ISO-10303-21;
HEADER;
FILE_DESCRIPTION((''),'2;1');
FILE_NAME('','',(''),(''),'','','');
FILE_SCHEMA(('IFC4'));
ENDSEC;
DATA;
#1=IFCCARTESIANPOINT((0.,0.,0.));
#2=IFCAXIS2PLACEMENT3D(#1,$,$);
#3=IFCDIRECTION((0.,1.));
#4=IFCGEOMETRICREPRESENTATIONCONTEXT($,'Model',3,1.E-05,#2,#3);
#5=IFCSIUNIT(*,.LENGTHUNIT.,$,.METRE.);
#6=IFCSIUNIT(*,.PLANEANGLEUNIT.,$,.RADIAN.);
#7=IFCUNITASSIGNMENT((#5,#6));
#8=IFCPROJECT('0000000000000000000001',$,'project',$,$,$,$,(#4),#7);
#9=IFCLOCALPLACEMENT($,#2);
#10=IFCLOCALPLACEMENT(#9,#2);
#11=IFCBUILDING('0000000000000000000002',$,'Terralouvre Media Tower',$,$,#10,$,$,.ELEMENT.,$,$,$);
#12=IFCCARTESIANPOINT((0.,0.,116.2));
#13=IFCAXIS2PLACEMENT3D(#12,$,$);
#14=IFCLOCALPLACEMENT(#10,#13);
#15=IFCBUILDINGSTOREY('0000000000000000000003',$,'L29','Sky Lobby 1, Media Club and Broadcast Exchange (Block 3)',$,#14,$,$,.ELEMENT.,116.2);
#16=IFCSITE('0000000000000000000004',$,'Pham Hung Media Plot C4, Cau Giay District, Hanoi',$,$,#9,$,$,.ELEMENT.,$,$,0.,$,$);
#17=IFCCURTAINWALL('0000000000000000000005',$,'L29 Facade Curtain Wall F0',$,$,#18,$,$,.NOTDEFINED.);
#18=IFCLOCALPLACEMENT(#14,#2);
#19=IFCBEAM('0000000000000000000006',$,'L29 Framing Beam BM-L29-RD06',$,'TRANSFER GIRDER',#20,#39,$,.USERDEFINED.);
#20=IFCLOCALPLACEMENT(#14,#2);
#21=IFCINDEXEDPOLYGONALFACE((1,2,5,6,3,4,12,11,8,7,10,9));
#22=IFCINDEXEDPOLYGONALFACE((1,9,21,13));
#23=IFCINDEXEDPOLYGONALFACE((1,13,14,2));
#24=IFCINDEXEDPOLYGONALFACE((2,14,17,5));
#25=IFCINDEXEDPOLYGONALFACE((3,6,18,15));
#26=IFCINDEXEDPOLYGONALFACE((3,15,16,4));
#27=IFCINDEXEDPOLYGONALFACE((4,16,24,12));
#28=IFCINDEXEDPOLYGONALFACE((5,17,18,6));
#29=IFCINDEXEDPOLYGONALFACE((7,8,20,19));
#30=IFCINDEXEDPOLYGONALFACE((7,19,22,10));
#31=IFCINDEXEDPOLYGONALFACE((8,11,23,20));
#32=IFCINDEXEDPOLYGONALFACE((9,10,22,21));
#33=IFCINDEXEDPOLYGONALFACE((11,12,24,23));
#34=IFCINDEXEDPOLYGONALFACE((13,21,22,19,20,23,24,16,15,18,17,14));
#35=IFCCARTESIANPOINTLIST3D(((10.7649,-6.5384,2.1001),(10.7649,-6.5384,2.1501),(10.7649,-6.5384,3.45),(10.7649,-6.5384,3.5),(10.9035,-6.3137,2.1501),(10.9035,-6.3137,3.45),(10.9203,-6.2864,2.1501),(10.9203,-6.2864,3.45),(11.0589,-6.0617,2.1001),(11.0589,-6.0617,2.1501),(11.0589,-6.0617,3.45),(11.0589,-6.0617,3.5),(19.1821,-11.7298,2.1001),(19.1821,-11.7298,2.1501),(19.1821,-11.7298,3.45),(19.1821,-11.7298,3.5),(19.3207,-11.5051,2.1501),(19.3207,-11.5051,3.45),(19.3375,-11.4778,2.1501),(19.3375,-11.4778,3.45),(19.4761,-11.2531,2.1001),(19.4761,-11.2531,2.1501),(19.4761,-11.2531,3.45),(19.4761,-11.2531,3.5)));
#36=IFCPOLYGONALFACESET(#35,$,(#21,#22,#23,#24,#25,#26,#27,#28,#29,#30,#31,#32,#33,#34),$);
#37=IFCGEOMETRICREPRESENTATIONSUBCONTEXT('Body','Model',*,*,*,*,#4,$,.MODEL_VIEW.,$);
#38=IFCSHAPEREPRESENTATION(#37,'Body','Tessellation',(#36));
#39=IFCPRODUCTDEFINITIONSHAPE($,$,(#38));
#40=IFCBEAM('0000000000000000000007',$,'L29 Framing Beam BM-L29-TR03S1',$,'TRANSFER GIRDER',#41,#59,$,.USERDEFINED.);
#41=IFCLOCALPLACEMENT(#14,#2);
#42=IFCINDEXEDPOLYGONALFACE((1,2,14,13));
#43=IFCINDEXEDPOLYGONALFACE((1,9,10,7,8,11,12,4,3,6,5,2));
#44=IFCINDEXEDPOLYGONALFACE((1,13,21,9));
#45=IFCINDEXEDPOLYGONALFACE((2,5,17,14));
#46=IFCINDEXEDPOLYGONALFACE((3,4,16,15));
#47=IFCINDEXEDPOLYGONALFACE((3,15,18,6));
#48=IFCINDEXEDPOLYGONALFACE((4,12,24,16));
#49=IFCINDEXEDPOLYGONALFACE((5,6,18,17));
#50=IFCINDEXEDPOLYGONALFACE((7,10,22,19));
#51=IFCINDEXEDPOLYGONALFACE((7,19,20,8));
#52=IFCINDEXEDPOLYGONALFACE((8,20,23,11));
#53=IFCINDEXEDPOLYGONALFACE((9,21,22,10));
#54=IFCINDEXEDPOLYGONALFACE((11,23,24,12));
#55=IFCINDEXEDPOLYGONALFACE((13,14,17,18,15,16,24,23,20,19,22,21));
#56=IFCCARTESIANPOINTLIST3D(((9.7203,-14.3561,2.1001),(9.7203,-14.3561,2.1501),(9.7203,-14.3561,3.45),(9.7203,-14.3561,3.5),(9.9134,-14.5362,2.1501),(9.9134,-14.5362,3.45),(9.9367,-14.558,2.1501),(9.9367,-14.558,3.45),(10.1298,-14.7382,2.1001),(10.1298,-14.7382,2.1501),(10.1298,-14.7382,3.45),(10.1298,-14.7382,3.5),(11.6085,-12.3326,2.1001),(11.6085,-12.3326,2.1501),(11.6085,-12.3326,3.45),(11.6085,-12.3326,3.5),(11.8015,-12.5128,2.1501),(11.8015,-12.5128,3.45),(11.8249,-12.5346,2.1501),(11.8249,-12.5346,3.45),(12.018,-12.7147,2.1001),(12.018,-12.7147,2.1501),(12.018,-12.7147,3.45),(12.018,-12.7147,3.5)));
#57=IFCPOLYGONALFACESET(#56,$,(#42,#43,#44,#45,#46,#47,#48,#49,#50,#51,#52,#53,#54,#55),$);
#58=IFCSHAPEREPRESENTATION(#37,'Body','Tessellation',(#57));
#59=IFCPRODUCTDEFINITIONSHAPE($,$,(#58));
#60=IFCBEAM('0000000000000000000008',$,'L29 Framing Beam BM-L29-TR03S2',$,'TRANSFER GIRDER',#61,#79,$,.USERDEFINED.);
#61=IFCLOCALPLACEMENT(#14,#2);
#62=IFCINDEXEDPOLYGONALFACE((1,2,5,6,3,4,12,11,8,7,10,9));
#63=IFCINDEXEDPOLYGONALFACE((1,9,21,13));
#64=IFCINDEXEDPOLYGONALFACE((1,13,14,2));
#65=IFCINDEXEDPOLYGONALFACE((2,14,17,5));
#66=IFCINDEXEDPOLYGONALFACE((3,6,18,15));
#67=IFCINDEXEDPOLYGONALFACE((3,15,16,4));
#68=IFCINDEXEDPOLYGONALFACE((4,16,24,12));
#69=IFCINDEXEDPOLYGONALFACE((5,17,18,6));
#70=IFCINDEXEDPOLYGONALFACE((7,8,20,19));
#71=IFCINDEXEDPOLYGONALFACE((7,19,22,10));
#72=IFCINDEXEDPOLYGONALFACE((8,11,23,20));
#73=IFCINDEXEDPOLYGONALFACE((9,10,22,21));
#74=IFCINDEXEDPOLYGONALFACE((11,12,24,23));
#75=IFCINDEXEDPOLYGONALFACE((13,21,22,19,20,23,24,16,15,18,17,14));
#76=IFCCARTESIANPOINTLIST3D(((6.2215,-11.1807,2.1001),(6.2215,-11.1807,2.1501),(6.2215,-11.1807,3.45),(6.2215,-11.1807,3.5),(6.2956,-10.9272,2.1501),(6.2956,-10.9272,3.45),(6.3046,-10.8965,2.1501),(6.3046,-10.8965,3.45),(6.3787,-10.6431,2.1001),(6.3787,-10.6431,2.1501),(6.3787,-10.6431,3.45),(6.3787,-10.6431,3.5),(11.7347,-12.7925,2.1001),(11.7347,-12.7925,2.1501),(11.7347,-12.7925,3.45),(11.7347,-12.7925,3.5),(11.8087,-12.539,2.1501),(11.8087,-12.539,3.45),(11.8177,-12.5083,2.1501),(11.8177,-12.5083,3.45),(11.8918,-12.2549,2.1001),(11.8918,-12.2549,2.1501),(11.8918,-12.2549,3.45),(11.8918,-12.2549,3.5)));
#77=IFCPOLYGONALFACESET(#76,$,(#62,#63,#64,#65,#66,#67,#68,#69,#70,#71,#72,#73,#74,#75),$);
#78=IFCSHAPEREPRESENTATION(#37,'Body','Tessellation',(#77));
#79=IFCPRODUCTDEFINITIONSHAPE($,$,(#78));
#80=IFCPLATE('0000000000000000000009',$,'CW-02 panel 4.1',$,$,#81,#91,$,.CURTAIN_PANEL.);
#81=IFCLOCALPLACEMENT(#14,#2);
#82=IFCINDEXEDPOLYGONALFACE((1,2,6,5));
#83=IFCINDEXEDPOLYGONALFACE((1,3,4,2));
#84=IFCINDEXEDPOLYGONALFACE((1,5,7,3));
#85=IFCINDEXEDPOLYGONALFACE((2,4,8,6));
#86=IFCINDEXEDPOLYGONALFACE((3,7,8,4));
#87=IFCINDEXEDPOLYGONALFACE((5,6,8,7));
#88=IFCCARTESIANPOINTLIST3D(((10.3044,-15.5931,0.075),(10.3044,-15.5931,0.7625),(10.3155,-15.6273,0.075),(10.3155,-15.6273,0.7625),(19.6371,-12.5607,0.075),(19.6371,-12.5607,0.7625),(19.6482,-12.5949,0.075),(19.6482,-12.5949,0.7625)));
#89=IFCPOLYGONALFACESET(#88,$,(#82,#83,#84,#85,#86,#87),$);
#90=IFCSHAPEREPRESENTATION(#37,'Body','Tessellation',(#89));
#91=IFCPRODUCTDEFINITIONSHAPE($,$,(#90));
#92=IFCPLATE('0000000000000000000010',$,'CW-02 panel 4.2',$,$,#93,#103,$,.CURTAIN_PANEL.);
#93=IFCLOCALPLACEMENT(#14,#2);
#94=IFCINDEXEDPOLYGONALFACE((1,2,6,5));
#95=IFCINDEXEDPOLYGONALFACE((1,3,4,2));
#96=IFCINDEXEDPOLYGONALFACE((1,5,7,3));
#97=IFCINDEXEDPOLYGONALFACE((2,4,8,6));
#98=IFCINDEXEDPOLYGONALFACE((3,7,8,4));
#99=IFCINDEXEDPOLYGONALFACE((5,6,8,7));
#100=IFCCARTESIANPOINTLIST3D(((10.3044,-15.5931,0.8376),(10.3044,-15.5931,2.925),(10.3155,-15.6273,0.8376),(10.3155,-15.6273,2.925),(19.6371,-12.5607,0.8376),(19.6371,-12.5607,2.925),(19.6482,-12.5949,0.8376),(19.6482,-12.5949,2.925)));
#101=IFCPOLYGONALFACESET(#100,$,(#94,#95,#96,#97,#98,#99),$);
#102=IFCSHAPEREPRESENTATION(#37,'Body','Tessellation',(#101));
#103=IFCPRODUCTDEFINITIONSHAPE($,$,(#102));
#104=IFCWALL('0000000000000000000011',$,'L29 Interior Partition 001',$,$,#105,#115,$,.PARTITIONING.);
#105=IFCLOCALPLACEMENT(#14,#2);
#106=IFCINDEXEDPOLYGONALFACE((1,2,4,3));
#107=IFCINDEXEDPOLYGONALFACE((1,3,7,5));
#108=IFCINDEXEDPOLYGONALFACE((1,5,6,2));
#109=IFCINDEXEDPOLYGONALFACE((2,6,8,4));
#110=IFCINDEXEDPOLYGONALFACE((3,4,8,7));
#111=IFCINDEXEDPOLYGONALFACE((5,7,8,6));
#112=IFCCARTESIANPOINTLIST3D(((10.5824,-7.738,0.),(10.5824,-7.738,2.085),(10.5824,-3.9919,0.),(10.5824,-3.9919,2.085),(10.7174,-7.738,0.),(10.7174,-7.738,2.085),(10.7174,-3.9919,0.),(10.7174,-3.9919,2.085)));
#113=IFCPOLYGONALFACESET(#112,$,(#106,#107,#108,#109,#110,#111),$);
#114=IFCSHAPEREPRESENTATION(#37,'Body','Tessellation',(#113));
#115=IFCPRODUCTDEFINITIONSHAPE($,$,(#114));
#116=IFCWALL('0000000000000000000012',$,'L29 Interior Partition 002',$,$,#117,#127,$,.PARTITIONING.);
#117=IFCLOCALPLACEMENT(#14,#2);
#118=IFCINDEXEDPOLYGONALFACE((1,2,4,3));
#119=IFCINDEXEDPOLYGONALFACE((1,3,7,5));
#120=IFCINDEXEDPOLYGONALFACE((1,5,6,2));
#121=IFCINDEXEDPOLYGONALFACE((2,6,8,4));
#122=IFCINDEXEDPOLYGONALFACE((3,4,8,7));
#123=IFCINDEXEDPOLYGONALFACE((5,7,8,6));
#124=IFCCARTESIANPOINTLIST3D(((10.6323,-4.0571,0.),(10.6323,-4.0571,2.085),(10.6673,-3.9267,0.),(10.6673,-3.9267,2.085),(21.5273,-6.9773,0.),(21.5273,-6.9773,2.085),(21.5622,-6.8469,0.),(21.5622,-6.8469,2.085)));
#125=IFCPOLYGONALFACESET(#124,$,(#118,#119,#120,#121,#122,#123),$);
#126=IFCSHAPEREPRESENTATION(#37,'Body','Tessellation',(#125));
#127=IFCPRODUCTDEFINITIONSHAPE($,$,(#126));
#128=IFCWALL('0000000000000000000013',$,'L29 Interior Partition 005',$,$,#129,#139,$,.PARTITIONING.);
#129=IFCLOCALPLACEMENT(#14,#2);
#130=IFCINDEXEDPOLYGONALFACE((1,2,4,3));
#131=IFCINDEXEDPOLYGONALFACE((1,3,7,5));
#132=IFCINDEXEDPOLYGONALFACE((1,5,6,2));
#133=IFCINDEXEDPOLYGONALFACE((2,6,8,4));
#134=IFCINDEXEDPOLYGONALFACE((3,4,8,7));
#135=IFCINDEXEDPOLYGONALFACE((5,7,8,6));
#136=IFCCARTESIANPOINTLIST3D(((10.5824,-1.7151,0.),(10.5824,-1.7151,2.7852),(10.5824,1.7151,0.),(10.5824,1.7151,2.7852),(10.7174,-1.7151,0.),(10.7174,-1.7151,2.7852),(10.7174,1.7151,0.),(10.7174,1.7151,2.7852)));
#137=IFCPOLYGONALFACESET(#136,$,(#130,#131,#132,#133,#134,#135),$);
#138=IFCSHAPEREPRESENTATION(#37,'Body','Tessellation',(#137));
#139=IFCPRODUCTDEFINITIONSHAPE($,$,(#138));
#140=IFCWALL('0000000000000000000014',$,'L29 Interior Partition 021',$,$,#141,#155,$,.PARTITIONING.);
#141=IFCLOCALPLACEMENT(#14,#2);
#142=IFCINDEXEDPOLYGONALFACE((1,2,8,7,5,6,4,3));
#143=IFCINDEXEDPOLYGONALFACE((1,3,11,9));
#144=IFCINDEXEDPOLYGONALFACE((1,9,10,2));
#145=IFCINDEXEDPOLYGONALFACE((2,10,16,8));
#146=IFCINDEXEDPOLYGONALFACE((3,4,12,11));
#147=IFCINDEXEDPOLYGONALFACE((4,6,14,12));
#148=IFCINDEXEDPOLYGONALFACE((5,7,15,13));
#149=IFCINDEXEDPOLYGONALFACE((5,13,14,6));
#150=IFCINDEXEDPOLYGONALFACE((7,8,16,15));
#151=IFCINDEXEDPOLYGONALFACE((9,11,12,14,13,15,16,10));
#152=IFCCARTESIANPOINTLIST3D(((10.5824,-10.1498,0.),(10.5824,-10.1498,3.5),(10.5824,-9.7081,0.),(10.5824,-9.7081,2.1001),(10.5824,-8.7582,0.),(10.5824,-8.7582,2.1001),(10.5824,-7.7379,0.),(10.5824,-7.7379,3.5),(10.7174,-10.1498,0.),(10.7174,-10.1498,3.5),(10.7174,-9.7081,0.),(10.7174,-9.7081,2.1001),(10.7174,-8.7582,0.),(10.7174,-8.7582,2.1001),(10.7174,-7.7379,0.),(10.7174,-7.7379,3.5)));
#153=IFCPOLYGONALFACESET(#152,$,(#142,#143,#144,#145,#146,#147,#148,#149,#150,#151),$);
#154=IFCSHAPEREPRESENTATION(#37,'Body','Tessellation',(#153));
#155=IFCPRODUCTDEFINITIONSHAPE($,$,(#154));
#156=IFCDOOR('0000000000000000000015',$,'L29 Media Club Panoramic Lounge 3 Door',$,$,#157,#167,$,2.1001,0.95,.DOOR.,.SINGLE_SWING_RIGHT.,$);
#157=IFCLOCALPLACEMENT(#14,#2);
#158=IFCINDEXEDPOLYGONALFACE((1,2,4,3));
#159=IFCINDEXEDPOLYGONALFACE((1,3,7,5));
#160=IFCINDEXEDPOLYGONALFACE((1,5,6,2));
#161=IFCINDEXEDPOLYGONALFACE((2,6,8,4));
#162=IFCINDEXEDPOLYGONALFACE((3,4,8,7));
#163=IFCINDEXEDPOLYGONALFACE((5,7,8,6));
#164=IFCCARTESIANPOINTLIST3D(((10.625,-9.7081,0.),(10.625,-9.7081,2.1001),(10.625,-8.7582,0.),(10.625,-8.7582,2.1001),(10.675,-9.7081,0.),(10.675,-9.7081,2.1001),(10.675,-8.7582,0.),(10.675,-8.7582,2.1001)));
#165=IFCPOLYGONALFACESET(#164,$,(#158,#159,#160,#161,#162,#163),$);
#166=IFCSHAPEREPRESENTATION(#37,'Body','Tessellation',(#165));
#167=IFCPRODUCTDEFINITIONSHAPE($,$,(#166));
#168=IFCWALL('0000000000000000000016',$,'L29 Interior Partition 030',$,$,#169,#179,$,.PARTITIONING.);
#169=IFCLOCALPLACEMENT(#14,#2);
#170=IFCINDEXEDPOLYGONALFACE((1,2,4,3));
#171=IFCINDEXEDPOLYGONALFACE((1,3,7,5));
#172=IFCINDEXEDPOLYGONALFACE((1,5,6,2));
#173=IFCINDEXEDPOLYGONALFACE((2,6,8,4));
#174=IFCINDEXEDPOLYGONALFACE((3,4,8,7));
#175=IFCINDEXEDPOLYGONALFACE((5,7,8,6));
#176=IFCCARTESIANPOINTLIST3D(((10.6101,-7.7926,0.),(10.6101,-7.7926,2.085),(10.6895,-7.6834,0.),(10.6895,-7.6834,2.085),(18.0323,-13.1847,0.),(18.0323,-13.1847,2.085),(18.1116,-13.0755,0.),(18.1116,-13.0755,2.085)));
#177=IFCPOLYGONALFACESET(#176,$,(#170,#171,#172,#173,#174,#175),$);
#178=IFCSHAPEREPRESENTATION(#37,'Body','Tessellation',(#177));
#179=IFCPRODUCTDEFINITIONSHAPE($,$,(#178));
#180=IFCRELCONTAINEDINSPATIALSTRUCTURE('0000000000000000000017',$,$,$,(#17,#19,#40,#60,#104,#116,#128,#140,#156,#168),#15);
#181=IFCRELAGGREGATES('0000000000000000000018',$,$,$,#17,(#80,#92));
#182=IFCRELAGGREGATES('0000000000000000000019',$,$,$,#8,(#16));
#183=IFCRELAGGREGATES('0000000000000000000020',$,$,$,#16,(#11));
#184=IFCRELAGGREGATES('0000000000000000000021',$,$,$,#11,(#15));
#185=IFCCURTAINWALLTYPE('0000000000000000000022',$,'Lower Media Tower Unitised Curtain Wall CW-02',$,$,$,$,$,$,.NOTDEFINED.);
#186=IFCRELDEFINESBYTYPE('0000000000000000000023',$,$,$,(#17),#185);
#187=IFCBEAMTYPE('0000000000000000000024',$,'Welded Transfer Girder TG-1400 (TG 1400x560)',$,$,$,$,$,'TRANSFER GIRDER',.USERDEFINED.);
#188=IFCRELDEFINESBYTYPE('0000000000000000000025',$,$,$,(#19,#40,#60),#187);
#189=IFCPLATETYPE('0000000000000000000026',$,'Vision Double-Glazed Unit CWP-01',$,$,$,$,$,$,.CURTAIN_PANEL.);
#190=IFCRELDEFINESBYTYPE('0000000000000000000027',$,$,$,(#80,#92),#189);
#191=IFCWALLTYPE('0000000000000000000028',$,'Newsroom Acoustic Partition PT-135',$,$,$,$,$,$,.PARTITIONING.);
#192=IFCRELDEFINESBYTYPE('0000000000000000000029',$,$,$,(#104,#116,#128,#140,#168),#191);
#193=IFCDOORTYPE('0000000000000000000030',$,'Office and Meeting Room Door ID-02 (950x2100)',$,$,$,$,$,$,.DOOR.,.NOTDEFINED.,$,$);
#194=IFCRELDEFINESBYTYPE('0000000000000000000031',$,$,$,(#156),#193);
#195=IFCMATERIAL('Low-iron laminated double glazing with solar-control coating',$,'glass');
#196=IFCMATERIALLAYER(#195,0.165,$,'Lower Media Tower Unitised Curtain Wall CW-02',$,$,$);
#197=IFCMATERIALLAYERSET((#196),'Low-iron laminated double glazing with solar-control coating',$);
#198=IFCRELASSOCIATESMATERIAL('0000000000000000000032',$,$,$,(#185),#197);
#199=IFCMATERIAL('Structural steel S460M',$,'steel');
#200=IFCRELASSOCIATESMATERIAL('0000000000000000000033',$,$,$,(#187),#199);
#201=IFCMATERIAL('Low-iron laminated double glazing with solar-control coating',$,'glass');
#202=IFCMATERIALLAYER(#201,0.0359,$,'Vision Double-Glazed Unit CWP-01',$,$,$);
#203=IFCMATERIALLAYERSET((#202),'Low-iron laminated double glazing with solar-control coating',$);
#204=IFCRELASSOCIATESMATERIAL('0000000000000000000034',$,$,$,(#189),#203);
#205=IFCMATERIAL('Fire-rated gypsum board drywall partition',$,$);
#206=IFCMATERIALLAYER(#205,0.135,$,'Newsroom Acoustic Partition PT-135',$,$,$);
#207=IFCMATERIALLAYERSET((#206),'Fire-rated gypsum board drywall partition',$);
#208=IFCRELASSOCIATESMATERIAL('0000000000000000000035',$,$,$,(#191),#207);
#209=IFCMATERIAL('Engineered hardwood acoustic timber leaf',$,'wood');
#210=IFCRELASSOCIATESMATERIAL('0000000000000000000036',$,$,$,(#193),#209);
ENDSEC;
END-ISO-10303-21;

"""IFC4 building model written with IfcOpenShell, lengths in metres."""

from ifc_helpers import new_model, si_unit, direction, frame, frame_2d, origin, origin_2d, place, context, subcontext, project, spatial, rectangle, i_section, extrude, material, layer, layer_set, material_profile, profile_set, type_object, element, fill, aggregate, save


model = new_model("IFC4")

# Units and contexts
model_context = context("Model", 3, precision=1e-05, world=origin(), true_north=direction((0.0, 1.0)))
body_context = subcontext(model_context, "Body", "Model", "MODEL_VIEW")
ifc_project = project(units=[si_unit("LENGTHUNIT", "METRE"), si_unit("PLANEANGLEUNIT", "RADIAN")], contexts=[model_context])

# Site, building, storey
site_placement = place(None, origin())
site = spatial("IfcSite", under=ifc_project, at=site_placement, Name="Pham Hung Media Plot C4, Cau Giay District, Hanoi", CompositionType="ELEMENT", RefElevation=0.0)
building_placement = place(site_placement, origin())
building = spatial("IfcBuilding", under=site, at=building_placement, Name="Terralouvre Media Tower", CompositionType="ELEMENT")
storey_placement = place(building_placement, frame((0.0, 0.0, 116.2)))
storey = spatial("IfcBuildingStorey", under=building, at=storey_placement, Name="L29", Description="Sky Lobby 1, Media Club and Broadcast Exchange (Block 3)", CompositionType="ELEMENT", Elevation=116.2)

# Curtain wall
ifc_material_1 = material(Name="Low-iron laminated double glazing with solar-control coating", Category="glass")
ifc_layer_1 = layer(ifc_material_1, 0.165, Name="Lower Media Tower Unitised Curtain Wall CW-02")
ifc_layer_set_1 = layer_set([ifc_layer_1], Name="Low-iron laminated double glazing with solar-control coating")
curtain_wall_type = type_object("IfcCurtainWallType", Name="Lower Media Tower Unitised Curtain Wall CW-02", PredefinedType="NOTDEFINED", material=ifc_layer_set_1)
curtain_wall_placement = place(storey_placement, origin())
curtain_wall = element("IfcCurtainWall", 1, at=curtain_wall_placement, inside=storey, type_object=curtain_wall_type, Name="L29 Facade Curtain Wall F0", PredefinedType="NOTDEFINED")

# Beams
ifc_material_2 = material(Name="Structural steel S460M", Category="steel")
ifc_material_profile_1 = material_profile(ifc_material_2, i_section(OverallWidth=0.5601, OverallDepth=1.3999, WebThickness=0.032, FlangeThickness=0.05, at=origin_2d()), Name="TG 1400x560")
ifc_profile_set_1 = profile_set([ifc_material_profile_1], Name="Structural steel S460M")
beam_type_1 = type_object("IfcBeamType", Name="Welded Transfer Girder TG-1400 (TG 1400x560)", ElementType="TRANSFER GIRDER", PredefinedType="USERDEFINED", material=ifc_profile_set_1)
beam_1_placement = place(storey_placement, frame((10.9119, -6.3, 2.8), z_axis=(0.851136, -0.524946, 0.0), x_axis=(0.524946, 0.851136, 0.0)))
element("IfcBeam", 2, at=beam_1_placement, inside=storey, type_object=beam_type_1, Name="L29 Framing Beam BM-L29-RD06", ObjectType="TRANSFER GIRDER", PredefinedType="USERDEFINED", context=body_context, shape_type="SweptSolid", body=[
    extrude(i_section(OverallWidth=0.5601, OverallDepth=1.3999, WebThickness=0.032, FlangeThickness=0.05, at=origin_2d()), origin(), (0.0, 0.0, 1.0), 9.8894),
])
beam_2_placement = place(storey_placement, frame((11.8132, -12.5237, 2.8), z_axis=(-0.682249, -0.73112, 0.0), x_axis=(0.73112, -0.682249, 0.0)))
element("IfcBeam", 3, at=beam_2_placement, inside=storey, type_object=beam_type_1, Name="L29 Framing Beam BM-L29-TR03S1", ObjectType="TRANSFER GIRDER", PredefinedType="USERDEFINED", context=body_context, shape_type="SweptSolid", body=[
    extrude(i_section(OverallWidth=0.5601, OverallDepth=1.3999, WebThickness=0.032, FlangeThickness=0.05, at=origin_2d()), origin(), (0.0, 0.0, 1.0), 2.7676),
])
beam_3_placement = place(storey_placement, frame((11.8132, -12.5237, 2.8), z_axis=(-0.959822, 0.28061, 0.0), x_axis=(-0.28061, -0.959822, 0.0)))
element("IfcBeam", 4, at=beam_3_placement, inside=storey, type_object=beam_type_1, Name="L29 Framing Beam BM-L29-TR03S2", ObjectType="TRANSFER GIRDER", PredefinedType="USERDEFINED", context=body_context, shape_type="SweptSolid", body=[
    extrude(i_section(OverallWidth=0.5601, OverallDepth=1.3999, WebThickness=0.032, FlangeThickness=0.05, at=origin_2d()), origin(), (0.0, 0.0, 1.0), 5.7439),
])

# Plates
ifc_material_3 = material(Name="Low-iron laminated double glazing with solar-control coating", Category="glass")
ifc_layer_2 = layer(ifc_material_3, 0.0359, Name="Vision Double-Glazed Unit CWP-01")
ifc_layer_set_2 = layer_set([ifc_layer_2], Name="Low-iron laminated double glazing with solar-control coating")
plate_type = type_object("IfcPlateType", Name="Vision Double-Glazed Unit CWP-01", PredefinedType="CURTAIN_PANEL", material=ifc_layer_set_2)
plate_1_placement = place(storey_placement, frame((14.9763, -14.094, 0.075), z_axis=(0.0, 0.0, 1.0), x_axis=(0.951057, 0.309017, 0.0)))
plate_1 = element("IfcPlate", 5, at=plate_1_placement, type_object=plate_type, Name="CW-02 panel 4.1", PredefinedType="CURTAIN_PANEL", context=body_context, shape_type="SweptSolid", body=[
    extrude(rectangle(XDim=9.813, YDim=0.0359, at=origin_2d()), origin(), (0.0, 0.0, 1.0), 0.6875),
])
plate_2_placement = place(storey_placement, frame((14.9763, -14.094, 0.8376), z_axis=(0.0, 0.0, 1.0), x_axis=(0.951057, 0.309017, 0.0)))
plate_2 = element("IfcPlate", 6, at=plate_2_placement, type_object=plate_type, Name="CW-02 panel 4.2", PredefinedType="CURTAIN_PANEL", context=body_context, shape_type="SweptSolid", body=[
    extrude(rectangle(XDim=9.813, YDim=0.0359, at=origin_2d()), origin(), (0.0, 0.0, 1.0), 2.0874),
])
aggregate(curtain_wall, [plate_1, plate_2])

# Walls
ifc_material_4 = material(Name="Fire-rated gypsum board drywall partition")
ifc_layer_3 = layer(ifc_material_4, 0.135, Name="Newsroom Acoustic Partition PT-135")
ifc_layer_set_3 = layer_set([ifc_layer_3], Name="Fire-rated gypsum board drywall partition")
wall_type = type_object("IfcWallType", Name="Newsroom Acoustic Partition PT-135", PredefinedType="PARTITIONING", material=ifc_layer_set_3)
wall_1_placement = place(storey_placement, frame((10.6499, -7.738, 0.0), z_axis=(0.0, 0.0, 1.0), x_axis=(0.0, 1.0, 0.0)))
element("IfcWall", 7, at=wall_1_placement, inside=storey, type_object=wall_type, Name="L29 Interior Partition 001", PredefinedType="PARTITIONING", context=body_context, shape_type="SweptSolid", body=[
    extrude(rectangle(XDim=3.7461, YDim=0.135, at=frame_2d((1.873, 0.0))), origin(), (0.0, 0.0, 1.0), 2.085),
])
wall_2_placement = place(storey_placement, frame((10.6499, -3.9919, 0.0), z_axis=(0.0, 0.0, 1.0), x_axis=(0.965907, -0.25889, 0.0)))
element("IfcWall", 8, at=wall_2_placement, inside=storey, type_object=wall_type, Name="L29 Interior Partition 002", PredefinedType="PARTITIONING", context=body_context, shape_type="SweptSolid", body=[
    extrude(rectangle(XDim=11.2795, YDim=0.135, at=frame_2d((5.6396, 0.0))), origin(), (0.0, 0.0, 1.0), 2.085),
])
wall_3_placement = place(storey_placement, frame((10.6499, -1.7151, 0.0), z_axis=(0.0, 0.0, 1.0), x_axis=(0.0, 1.0, 0.0)))
element("IfcWall", 9, at=wall_3_placement, inside=storey, type_object=wall_type, Name="L29 Interior Partition 005", PredefinedType="PARTITIONING", context=body_context, shape_type="SweptSolid", body=[
    extrude(rectangle(XDim=3.4302, YDim=0.135, at=frame_2d((1.7151, 0.0))), origin(), (0.0, 0.0, 1.0), 2.7852),
])

# Wall, opening, door
wall_4_placement = place(storey_placement, frame((10.6499, -10.1499, 0.0), z_axis=(0.0, 0.0, 1.0), x_axis=(0.0, 1.0, 0.0)))
wall_4 = element("IfcWall", 10, at=wall_4_placement, inside=storey, type_object=wall_type, Name="L29 Interior Partition 021", PredefinedType="PARTITIONING", context=body_context, shape_type="SweptSolid", body=[
    extrude(rectangle(XDim=2.4119, YDim=0.135, at=frame_2d((1.2061, 0.0))), origin(), (0.0, 0.0, 1.0), 3.5),
])
opening_placement = place(wall_4_placement, frame((0.4417, 0.0, 0.0)))
opening = element("IfcOpeningElement", 11, at=opening_placement, cuts=wall_4, PredefinedType="OPENING", context=body_context, shape_type="SweptSolid", body=[
    extrude(rectangle(XDim=0.95, YDim=2.1001, at=frame_2d((0.4751, 1.05))), frame((0.0, 0.0774, 0.0), z_axis=(0.0, -1.0, 0.0), x_axis=(1.0, 0.0, 0.0)), (0.0, 0.0, 1.0), 0.155),
])
ifc_material_5 = material(Name="Engineered hardwood acoustic timber leaf", Category="wood")
door_type = type_object("IfcDoorType", Name="Office and Meeting Room Door ID-02 (950x2100)", OperationType="NOTDEFINED", PredefinedType="DOOR", material=ifc_material_5)
door_placement = place(opening_placement, origin())
door = element("IfcDoor", 12, at=door_placement, inside=storey, type_object=door_type, Name="L29 Media Club Panoramic Lounge 3 Door", OperationType="SINGLE_SWING_RIGHT", OverallHeight=2.1001, OverallWidth=0.95, PredefinedType="DOOR", context=body_context, shape_type="SweptSolid", body=[
    extrude(rectangle(XDim=0.95, YDim=2.1001, at=frame_2d((0.4751, 1.05))), frame((0.0, 0.0249, 0.0), z_axis=(0.0, -1.0, 0.0), x_axis=(1.0, 0.0, 0.0)), (0.0, 0.0, 1.0), 0.05),
])
fill(opening, door)

# Wall
wall_5_placement = place(storey_placement, frame((10.6499, -7.738, 0.0), z_axis=(0.0, 0.0, 1.0), x_axis=(0.809037, -0.587757, 0.0)))
element("IfcWall", 13, at=wall_5_placement, inside=storey, type_object=wall_type, Name="L29 Interior Partition 030", PredefinedType="PARTITIONING", context=body_context, shape_type="SweptSolid", body=[
    extrude(rectangle(XDim=9.1741, YDim=0.135, at=frame_2d((4.5869, 0.0))), origin(), (0.0, 0.0, 1.0), 2.085),
])

save(model, "model.ifc")
